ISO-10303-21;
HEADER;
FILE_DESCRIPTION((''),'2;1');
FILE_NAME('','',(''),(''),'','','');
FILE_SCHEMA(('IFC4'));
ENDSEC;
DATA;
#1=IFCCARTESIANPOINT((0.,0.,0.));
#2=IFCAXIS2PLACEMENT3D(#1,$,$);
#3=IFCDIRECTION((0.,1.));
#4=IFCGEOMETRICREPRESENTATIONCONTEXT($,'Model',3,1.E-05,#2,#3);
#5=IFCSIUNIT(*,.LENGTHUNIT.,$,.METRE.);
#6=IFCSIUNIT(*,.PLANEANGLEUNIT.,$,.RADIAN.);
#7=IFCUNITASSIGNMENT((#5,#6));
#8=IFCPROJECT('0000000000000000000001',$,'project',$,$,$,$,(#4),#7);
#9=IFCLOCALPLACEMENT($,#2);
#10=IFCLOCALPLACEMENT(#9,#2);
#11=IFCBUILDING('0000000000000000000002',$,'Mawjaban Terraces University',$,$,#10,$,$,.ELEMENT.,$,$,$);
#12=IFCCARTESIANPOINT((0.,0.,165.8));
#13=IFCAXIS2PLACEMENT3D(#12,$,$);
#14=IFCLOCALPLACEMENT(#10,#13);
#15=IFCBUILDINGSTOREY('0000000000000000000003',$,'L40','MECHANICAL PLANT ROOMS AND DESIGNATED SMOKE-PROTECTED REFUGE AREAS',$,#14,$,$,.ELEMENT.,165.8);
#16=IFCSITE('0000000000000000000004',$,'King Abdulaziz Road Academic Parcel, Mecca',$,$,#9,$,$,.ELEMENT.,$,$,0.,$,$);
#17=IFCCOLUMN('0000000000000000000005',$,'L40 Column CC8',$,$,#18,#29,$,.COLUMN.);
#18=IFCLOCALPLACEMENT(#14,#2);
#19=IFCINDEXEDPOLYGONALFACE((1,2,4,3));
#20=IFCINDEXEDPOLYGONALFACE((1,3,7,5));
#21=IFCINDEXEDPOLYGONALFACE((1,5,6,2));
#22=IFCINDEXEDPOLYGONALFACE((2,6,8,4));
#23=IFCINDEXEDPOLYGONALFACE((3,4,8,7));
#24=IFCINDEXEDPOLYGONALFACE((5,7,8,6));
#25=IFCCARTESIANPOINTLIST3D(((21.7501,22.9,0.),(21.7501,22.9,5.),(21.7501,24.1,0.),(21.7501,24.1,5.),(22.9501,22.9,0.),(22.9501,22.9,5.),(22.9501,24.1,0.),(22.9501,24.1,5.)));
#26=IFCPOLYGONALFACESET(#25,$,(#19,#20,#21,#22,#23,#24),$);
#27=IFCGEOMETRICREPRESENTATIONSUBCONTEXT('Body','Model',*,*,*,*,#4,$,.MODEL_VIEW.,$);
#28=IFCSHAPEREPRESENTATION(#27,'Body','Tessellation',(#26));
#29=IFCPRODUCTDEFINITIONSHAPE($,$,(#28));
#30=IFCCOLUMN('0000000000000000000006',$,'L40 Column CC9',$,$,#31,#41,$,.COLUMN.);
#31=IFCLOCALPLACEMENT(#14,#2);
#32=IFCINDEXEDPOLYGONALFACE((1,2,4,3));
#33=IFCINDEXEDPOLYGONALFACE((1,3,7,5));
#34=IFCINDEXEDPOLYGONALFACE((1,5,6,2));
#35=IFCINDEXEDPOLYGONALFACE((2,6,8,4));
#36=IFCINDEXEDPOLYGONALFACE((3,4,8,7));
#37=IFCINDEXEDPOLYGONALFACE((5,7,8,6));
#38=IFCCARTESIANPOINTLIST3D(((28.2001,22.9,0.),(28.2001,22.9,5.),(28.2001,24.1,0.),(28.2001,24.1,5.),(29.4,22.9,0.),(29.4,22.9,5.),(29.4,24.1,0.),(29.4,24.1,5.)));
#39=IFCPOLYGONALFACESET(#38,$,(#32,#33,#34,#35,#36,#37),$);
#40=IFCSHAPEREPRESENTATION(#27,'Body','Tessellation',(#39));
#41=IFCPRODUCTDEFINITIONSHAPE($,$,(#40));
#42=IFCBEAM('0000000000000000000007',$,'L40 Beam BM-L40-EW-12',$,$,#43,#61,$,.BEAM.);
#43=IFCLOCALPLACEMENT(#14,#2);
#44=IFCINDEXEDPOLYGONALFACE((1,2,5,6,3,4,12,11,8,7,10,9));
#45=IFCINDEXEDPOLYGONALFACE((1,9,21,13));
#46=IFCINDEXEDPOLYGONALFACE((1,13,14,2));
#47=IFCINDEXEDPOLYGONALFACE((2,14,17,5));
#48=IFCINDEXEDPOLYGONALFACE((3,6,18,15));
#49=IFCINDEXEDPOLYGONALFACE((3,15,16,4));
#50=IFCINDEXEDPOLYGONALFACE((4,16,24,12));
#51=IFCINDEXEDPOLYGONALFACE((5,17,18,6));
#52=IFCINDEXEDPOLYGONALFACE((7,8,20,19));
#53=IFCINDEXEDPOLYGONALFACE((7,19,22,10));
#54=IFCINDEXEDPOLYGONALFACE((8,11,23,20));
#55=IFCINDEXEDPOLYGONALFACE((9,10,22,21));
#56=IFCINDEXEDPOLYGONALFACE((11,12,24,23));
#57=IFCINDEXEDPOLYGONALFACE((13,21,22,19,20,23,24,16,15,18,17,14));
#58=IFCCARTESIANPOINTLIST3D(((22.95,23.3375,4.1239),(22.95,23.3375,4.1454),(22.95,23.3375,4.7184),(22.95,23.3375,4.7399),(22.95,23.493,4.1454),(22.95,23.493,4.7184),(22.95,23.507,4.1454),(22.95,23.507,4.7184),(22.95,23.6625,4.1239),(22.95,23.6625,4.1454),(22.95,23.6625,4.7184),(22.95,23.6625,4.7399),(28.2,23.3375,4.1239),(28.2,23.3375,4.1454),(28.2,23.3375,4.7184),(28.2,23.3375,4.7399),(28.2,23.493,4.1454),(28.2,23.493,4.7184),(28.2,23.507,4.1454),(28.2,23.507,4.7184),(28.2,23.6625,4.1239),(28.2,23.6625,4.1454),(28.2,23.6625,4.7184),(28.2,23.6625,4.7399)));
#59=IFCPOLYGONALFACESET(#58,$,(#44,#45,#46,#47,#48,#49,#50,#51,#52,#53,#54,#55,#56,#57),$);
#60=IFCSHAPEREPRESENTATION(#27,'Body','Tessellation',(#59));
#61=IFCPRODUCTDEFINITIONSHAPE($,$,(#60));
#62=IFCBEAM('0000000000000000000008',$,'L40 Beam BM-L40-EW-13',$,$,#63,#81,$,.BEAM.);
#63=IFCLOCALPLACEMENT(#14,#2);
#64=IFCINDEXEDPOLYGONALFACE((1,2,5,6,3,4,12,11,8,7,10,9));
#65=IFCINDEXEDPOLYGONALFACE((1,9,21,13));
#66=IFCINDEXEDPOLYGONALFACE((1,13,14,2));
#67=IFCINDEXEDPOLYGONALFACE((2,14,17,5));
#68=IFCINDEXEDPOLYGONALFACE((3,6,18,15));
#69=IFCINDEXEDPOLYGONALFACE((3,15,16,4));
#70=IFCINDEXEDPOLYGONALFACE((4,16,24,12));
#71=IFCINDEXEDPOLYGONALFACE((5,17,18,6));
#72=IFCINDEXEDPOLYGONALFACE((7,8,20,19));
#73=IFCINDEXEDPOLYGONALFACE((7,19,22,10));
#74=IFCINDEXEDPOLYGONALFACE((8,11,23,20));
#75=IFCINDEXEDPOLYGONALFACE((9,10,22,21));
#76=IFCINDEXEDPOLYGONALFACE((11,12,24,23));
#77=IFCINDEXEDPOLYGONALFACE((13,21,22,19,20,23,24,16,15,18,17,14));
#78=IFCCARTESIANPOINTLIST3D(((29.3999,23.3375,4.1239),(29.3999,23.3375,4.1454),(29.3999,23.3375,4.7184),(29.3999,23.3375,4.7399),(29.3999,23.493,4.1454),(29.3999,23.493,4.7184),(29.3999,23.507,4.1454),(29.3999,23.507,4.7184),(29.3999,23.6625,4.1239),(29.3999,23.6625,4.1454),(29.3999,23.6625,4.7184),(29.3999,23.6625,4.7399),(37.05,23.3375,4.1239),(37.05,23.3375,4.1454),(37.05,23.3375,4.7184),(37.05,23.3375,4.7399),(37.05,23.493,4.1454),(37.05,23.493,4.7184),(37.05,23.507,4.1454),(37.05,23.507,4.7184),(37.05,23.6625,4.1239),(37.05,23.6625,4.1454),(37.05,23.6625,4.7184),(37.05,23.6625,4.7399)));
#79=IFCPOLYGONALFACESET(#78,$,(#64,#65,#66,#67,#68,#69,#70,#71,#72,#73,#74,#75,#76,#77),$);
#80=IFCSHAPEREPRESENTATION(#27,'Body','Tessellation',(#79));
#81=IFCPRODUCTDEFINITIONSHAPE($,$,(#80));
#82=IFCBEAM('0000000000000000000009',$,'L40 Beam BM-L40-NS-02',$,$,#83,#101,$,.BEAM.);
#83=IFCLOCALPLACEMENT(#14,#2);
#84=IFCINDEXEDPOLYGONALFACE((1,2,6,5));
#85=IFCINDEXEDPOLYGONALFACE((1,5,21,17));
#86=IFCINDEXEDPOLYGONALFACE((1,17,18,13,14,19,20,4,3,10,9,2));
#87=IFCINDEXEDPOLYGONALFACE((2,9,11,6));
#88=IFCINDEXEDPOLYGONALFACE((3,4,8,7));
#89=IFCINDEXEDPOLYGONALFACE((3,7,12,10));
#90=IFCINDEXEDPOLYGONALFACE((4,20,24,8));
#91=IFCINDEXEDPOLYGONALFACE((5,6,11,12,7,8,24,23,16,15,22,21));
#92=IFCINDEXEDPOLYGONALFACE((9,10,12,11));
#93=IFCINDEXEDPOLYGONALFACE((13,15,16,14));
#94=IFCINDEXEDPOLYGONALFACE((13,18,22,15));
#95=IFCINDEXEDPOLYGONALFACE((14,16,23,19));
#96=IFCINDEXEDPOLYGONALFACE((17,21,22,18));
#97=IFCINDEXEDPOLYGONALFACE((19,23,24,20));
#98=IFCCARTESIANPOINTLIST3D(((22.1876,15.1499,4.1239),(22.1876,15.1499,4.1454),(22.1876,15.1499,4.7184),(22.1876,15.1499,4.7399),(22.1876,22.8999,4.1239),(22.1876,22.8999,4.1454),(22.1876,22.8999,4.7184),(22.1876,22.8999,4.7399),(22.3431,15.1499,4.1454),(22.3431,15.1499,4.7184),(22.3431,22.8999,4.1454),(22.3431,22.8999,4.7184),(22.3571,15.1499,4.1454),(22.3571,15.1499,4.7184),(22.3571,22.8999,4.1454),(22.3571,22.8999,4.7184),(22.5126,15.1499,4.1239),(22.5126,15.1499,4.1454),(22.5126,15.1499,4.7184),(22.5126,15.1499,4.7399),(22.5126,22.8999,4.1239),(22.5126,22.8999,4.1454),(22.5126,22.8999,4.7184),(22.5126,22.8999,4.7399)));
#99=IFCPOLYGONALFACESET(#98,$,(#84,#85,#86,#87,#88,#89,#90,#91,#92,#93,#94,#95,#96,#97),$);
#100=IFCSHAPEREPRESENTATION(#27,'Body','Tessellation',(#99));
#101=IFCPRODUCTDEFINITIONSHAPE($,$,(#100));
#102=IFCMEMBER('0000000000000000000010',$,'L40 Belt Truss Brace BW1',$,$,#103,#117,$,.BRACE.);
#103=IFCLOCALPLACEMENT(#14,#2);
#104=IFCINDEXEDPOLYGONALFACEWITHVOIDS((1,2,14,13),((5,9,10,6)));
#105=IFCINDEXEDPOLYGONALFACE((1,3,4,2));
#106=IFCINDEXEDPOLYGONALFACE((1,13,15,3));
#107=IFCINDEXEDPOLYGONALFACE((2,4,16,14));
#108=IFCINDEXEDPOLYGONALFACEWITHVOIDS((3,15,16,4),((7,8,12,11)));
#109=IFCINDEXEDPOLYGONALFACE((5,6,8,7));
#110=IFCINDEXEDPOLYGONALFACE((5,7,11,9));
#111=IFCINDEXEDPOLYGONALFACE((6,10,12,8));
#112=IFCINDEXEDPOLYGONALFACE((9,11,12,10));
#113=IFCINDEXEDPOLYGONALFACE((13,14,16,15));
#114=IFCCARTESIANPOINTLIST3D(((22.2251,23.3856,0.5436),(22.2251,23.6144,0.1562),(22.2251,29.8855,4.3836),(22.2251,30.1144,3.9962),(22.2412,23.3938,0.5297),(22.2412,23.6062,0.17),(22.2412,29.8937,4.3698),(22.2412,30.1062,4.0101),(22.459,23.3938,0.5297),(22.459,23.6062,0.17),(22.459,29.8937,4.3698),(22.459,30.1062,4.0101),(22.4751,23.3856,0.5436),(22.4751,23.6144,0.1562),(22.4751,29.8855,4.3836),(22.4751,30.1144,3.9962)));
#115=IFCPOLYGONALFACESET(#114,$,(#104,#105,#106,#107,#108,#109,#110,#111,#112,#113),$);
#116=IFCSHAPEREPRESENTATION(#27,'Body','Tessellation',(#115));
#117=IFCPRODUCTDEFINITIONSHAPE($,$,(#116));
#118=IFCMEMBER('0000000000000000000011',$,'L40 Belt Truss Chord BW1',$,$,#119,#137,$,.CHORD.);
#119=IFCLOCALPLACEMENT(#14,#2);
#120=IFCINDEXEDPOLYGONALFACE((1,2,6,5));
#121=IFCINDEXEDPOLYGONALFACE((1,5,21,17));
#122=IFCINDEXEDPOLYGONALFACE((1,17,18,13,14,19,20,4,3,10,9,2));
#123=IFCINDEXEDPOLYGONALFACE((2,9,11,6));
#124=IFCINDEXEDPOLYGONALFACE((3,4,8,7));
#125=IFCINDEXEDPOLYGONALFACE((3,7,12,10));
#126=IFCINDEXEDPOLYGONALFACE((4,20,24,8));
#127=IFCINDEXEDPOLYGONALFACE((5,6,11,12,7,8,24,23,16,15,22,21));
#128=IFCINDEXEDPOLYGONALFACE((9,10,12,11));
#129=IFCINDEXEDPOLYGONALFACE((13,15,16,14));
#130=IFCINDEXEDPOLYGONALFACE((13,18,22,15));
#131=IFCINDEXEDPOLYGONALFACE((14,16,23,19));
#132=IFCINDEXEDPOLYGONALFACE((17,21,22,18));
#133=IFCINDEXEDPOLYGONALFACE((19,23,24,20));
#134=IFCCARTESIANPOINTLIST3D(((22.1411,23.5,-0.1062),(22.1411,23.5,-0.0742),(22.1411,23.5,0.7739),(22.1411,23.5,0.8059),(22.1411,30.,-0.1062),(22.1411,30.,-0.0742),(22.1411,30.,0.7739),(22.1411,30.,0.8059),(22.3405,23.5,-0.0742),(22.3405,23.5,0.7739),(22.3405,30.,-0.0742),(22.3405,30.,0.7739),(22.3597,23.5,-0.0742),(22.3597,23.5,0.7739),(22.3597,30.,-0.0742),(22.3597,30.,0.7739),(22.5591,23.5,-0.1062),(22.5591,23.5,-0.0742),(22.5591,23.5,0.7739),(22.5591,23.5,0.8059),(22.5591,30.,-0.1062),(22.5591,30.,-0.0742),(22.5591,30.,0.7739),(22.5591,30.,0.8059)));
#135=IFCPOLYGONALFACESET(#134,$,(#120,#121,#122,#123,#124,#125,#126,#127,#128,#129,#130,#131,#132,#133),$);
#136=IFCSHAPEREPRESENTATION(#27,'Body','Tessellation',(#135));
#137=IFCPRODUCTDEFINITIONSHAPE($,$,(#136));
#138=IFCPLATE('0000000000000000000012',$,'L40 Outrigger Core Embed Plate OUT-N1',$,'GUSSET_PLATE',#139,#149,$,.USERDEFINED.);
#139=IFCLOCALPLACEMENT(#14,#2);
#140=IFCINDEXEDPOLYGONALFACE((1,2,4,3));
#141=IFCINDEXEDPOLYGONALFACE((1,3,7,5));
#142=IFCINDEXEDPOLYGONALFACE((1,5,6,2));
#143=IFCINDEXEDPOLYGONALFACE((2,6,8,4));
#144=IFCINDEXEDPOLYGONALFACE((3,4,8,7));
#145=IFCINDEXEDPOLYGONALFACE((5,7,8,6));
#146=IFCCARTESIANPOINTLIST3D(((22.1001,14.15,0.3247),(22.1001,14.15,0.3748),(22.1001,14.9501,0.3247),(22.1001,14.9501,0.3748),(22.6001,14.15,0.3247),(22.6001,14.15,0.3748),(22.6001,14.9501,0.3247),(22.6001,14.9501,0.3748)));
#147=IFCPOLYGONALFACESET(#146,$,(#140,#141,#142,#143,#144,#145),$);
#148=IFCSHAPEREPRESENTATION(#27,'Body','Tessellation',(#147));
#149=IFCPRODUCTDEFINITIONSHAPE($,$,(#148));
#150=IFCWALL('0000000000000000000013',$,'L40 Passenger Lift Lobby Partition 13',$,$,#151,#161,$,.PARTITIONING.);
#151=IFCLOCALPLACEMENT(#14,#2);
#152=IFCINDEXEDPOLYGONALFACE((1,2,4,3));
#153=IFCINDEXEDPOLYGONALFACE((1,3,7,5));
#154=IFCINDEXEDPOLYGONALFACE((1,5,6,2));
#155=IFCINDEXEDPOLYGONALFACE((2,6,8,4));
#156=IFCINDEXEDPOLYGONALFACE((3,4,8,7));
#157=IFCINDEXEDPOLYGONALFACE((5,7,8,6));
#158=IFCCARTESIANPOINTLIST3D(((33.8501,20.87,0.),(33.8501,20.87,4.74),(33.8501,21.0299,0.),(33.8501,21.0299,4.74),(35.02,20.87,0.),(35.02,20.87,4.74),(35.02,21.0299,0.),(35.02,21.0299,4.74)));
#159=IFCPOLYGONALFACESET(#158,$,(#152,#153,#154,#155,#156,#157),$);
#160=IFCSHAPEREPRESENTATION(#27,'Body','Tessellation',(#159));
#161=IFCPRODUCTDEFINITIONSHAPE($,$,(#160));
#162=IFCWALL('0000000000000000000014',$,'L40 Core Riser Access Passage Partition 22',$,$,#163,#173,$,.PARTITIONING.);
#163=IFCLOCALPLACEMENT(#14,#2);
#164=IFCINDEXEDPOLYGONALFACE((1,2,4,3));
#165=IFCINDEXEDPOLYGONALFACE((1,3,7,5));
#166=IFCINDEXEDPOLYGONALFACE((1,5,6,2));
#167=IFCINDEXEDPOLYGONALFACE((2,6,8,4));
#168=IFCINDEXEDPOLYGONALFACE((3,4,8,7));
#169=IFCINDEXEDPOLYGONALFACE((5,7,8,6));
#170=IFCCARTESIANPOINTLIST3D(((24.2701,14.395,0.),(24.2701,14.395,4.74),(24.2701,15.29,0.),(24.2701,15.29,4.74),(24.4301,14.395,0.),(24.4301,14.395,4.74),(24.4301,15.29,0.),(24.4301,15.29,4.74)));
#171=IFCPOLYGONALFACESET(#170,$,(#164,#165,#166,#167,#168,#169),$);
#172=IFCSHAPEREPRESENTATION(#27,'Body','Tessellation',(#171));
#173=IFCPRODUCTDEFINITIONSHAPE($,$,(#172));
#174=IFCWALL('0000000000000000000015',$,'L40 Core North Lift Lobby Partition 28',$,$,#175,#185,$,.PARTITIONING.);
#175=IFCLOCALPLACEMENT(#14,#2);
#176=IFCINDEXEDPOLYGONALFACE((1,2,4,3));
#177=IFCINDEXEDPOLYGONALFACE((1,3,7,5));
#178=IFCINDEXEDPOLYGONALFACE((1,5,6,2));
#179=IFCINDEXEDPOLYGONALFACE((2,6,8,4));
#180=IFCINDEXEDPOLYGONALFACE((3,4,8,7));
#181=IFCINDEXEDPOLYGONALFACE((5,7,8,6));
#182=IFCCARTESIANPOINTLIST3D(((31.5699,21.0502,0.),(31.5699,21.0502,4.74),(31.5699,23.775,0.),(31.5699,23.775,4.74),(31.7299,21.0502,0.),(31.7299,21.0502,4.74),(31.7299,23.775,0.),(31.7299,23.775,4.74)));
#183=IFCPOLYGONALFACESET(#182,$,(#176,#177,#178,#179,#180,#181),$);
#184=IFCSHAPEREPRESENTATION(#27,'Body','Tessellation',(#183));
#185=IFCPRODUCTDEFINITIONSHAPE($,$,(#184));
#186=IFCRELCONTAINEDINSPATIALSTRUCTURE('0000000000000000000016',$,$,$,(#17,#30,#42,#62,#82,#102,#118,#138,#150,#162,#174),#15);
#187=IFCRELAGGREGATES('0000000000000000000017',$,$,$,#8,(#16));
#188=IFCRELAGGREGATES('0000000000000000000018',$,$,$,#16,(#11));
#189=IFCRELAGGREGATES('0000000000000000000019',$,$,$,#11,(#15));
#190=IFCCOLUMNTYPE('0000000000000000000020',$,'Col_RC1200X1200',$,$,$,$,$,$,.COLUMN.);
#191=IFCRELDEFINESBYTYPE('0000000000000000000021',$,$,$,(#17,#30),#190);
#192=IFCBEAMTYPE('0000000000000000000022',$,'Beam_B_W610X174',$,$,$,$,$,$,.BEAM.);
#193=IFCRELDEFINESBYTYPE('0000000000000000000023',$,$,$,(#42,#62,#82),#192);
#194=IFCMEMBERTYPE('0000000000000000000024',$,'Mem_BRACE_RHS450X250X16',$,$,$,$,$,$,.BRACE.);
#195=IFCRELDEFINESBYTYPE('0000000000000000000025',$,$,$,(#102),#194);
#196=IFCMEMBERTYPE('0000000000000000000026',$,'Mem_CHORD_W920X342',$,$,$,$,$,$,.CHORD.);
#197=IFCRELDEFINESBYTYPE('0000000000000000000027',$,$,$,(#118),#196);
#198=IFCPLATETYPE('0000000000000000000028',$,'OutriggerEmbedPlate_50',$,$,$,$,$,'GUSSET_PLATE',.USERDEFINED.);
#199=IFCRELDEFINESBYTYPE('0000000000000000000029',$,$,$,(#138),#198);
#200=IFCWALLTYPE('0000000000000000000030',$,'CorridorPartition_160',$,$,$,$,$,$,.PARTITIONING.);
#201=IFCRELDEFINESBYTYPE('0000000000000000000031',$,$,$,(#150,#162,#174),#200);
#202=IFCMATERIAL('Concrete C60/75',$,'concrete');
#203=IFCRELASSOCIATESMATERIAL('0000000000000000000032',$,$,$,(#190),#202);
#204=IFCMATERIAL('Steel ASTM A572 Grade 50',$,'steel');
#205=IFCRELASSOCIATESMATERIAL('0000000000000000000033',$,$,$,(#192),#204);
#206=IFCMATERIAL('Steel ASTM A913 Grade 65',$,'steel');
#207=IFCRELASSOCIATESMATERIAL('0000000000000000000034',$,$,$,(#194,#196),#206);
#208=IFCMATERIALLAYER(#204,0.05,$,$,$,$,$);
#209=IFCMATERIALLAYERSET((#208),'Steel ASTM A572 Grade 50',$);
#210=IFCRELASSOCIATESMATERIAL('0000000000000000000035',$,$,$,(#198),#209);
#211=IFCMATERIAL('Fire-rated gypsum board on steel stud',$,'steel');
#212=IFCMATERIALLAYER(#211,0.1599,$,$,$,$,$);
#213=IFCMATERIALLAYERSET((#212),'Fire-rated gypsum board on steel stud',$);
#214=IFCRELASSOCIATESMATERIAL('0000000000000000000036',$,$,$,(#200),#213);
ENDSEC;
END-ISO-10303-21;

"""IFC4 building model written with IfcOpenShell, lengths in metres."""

from ifc_helpers import new_model, si_unit, direction, frame, frame_2d, origin, origin_2d, place, context, subcontext, project, spatial, rectangle, hollow_rectangle, i_section, extrude, material, layer, layer_set, material_profile, profile_set, type_object, element, save


model = new_model("IFC4")

# Units and contexts
model_context = context("Model", 3, precision=1e-05, world=origin(), true_north=direction((0.0, 1.0)))
body_context = subcontext(model_context, "Body", "Model", "MODEL_VIEW")
ifc_project = project(units=[si_unit("LENGTHUNIT", "METRE"), si_unit("PLANEANGLEUNIT", "RADIAN")], contexts=[model_context])

# Site, building, storey
site_placement = place(None, origin())
site = spatial("IfcSite", under=ifc_project, at=site_placement, Name="King Abdulaziz Road Academic Parcel, Mecca", CompositionType="ELEMENT", RefElevation=0.0)
building_placement = place(site_placement, origin())
building = spatial("IfcBuilding", under=site, at=building_placement, Name="Mawjaban Terraces University", CompositionType="ELEMENT")
storey_placement = place(building_placement, frame((0.0, 0.0, 165.8)))
storey = spatial("IfcBuildingStorey", under=building, at=storey_placement, Name="L40", Description="MECHANICAL PLANT ROOMS AND DESIGNATED SMOKE-PROTECTED REFUGE AREAS", CompositionType="ELEMENT", Elevation=165.8)

# Columns
ifc_material_1 = material(Name="Concrete C60/75", Category="concrete")
ifc_material_profile_1 = material_profile(ifc_material_1, rectangle(XDim=1.2, YDim=1.2, at=origin_2d()), Name="RC1200X1200")
ifc_profile_set_1 = profile_set([ifc_material_profile_1], Name="Concrete C60/75")
column_type = type_object("IfcColumnType", Name="Col_RC1200X1200", PredefinedType="COLUMN", material=ifc_profile_set_1)
for number, where, z_axis, x_axis, name in (
    (1, (22.3501, 23.5, 0.0), (0.0, 0.0, 1.0), (1.0, 0.0, 0.0), "L40 Column CC8"),
    (2, (28.8, 23.5, 0.0), (0.0, 0.0, 1.0), (1.0, 0.0, 0.0), "L40 Column CC9"),
):
    element("IfcColumn", number, at=place(storey_placement, frame(where, z_axis=z_axis, x_axis=x_axis)), inside=storey, type_object=column_type, Name=name, PredefinedType="COLUMN", context=body_context, shape_type="SweptSolid", body=[
        extrude(rectangle(XDim=1.2, YDim=1.2, at=origin_2d()), origin(), (0.0, 0.0, 1.0), 5.0),
    ])

# Beams
ifc_material_2 = material(Name="Steel ASTM A572 Grade 50", Category="steel")
ifc_material_profile_2 = material_profile(ifc_material_2, i_section(OverallWidth=0.325, OverallDepth=0.616, WebThickness=0.0139, FlangeThickness=0.0215, at=origin_2d()), Name="W610X174")
ifc_profile_set_2 = profile_set([ifc_material_profile_2], Name="Steel ASTM A572 Grade 50")
beam_type = type_object("IfcBeamType", Name="Beam_B_W610X174", PredefinedType="BEAM", material=ifc_profile_set_2)
beam_1_placement = place(storey_placement, frame((22.95, 23.5, 4.4319), z_axis=(1.0, 0.0, 0.0), x_axis=(0.0, 1.0, 0.0)))
element("IfcBeam", 3, at=beam_1_placement, inside=storey, type_object=beam_type, Name="L40 Beam BM-L40-EW-12", PredefinedType="BEAM", context=body_context, shape_type="SweptSolid", body=[
    extrude(i_section(OverallWidth=0.325, OverallDepth=0.616, WebThickness=0.0139, FlangeThickness=0.0215, at=origin_2d()), origin(), (0.0, 0.0, 1.0), 5.25),
])
beam_2_placement = place(storey_placement, frame((29.3999, 23.5, 4.4319), z_axis=(1.0, 0.0, 0.0), x_axis=(0.0, 1.0, 0.0)))
element("IfcBeam", 4, at=beam_2_placement, inside=storey, type_object=beam_type, Name="L40 Beam BM-L40-EW-13", PredefinedType="BEAM", context=body_context, shape_type="SweptSolid", body=[
    extrude(i_section(OverallWidth=0.325, OverallDepth=0.616, WebThickness=0.0139, FlangeThickness=0.0215, at=origin_2d()), origin(), (0.0, 0.0, 1.0), 7.6501),
])
beam_3_placement = place(storey_placement, frame((22.3501, 15.1499, 4.4319), z_axis=(0.0, 1.0, 0.0), x_axis=(-1.0, 0.0, 0.0)))
element("IfcBeam", 5, at=beam_3_placement, inside=storey, type_object=beam_type, Name="L40 Beam BM-L40-NS-02", PredefinedType="BEAM", context=body_context, shape_type="SweptSolid", body=[
    extrude(i_section(OverallWidth=0.325, OverallDepth=0.616, WebThickness=0.0139, FlangeThickness=0.0215, at=origin_2d()), origin(), (0.0, 0.0, 1.0), 7.75),
])

# Members
ifc_material_3 = material(Name="Steel ASTM A913 Grade 65", Category="steel")
ifc_material_profile_3 = material_profile(ifc_material_3, hollow_rectangle(XDim=0.25, YDim=0.45, WallThickness=0.0161, at=origin_2d()), Name="RHS450X250X16")
ifc_profile_set_3 = profile_set([ifc_material_profile_3], Name="Steel ASTM A913 Grade 65")
member_type_1 = type_object("IfcMemberType", Name="Mem_BRACE_RHS450X250X16", PredefinedType="BRACE", material=ifc_profile_set_3)
member_1_placement = place(storey_placement, frame((22.3501, 23.5, 0.3499), z_axis=(0.0, 0.860974, 0.508649), x_axis=(-1.0, 0.0, 0.0)))
element("IfcMember", 6, at=member_1_placement, inside=storey, type_object=member_type_1, Name="L40 Belt Truss Brace BW1", PredefinedType="BRACE", context=body_context, shape_type="SweptSolid", body=[
    extrude(hollow_rectangle(XDim=0.25, YDim=0.45, WallThickness=0.0161, at=origin_2d()), origin(), (0.0, 0.0, 1.0), 7.5496),
])
ifc_material_profile_4 = material_profile(ifc_material_3, i_section(OverallWidth=0.418, OverallDepth=0.9121, WebThickness=0.0193, FlangeThickness=0.032, at=origin_2d()), Name="W920X342")
ifc_profile_set_4 = profile_set([ifc_material_profile_4], Name="Steel ASTM A913 Grade 65")
member_type_2 = type_object("IfcMemberType", Name="Mem_CHORD_W920X342", PredefinedType="CHORD", material=ifc_profile_set_4)
member_2_placement = place(storey_placement, frame((22.3501, 23.5, 0.3499), z_axis=(0.0, 1.0, 0.0), x_axis=(-1.0, 0.0, 0.0)))
element("IfcMember", 7, at=member_2_placement, inside=storey, type_object=member_type_2, Name="L40 Belt Truss Chord BW1", PredefinedType="CHORD", context=body_context, shape_type="SweptSolid", body=[
    extrude(i_section(OverallWidth=0.418, OverallDepth=0.9121, WebThickness=0.0193, FlangeThickness=0.032, at=origin_2d()), origin(), (0.0, 0.0, 1.0), 6.5),
])

# Plate
ifc_layer_1 = layer(ifc_material_2, 0.05)
ifc_layer_set_1 = layer_set([ifc_layer_1], Name="Steel ASTM A572 Grade 50")
plate_type = type_object("IfcPlateType", Name="OutriggerEmbedPlate_50", ElementType="GUSSET_PLATE", PredefinedType="USERDEFINED", material=ifc_layer_set_1)
plate_placement = place(storey_placement, frame((22.3501, 14.55, 0.3247), z_axis=(0.0, 0.0, 1.0), x_axis=(0.0, 1.0, 0.0)))
element("IfcPlate", 8, at=plate_placement, inside=storey, type_object=plate_type, Name="L40 Outrigger Core Embed Plate OUT-N1", ObjectType="GUSSET_PLATE", PredefinedType="USERDEFINED", context=body_context, shape_type="SweptSolid", body=[
    extrude(rectangle(XDim=0.8, YDim=0.5, at=origin_2d()), origin(), (0.0, 0.0, 1.0), 0.05),
])

# Walls
ifc_material_4 = material(Name="Fire-rated gypsum board on steel stud", Category="steel")
ifc_layer_2 = layer(ifc_material_4, 0.1599)
ifc_layer_set_2 = layer_set([ifc_layer_2], Name="Fire-rated gypsum board on steel stud")
wall_type_1 = type_object("IfcWallType", Name="CorridorPartition_160", PredefinedType="PARTITIONING", material=ifc_layer_set_2)
wall_1_placement = place(storey_placement, frame((35.02, 20.95, 0.0), z_axis=(0.0, 0.0, 1.0), x_axis=(-1.0, 0.0, 0.0)))
element("IfcWall", 9, at=wall_1_placement, inside=storey, type_object=wall_type_1, Name="L40 Passenger Lift Lobby Partition 13", PredefinedType="PARTITIONING", context=body_context, shape_type="SweptSolid", body=[
    extrude(rectangle(XDim=1.1699, YDim=0.1599, at=frame_2d((0.585, 0.0))), origin(), (0.0, 0.0, 1.0), 4.74),
])
wall_2_placement = place(storey_placement, frame((24.3501, 15.29, 0.0), z_axis=(0.0, 0.0, 1.0), x_axis=(0.0, -1.0, 0.0)))
element("IfcWall", 10, at=wall_2_placement, inside=storey, type_object=wall_type_1, Name="L40 Core Riser Access Passage Partition 22", PredefinedType="PARTITIONING", context=body_context, shape_type="SweptSolid", body=[
    extrude(rectangle(XDim=0.895, YDim=0.1599, at=frame_2d((0.4475, 0.0))), origin(), (0.0, 0.0, 1.0), 4.74),
])
wall_3_placement = place(storey_placement, frame((31.6499, 23.7749, 0.0), z_axis=(0.0, 0.0, 1.0), x_axis=(0.0, -1.0, 0.0)))
element("IfcWall", 11, at=wall_3_placement, inside=storey, type_object=wall_type_1, Name="L40 Core North Lift Lobby Partition 28", PredefinedType="PARTITIONING", context=body_context, shape_type="SweptSolid", body=[
    extrude(rectangle(XDim=2.7249, YDim=0.1599, at=frame_2d((1.3623, 0.0))), origin(), (0.0, 0.0, 1.0), 4.74),
])

save(model, "model.ifc")
